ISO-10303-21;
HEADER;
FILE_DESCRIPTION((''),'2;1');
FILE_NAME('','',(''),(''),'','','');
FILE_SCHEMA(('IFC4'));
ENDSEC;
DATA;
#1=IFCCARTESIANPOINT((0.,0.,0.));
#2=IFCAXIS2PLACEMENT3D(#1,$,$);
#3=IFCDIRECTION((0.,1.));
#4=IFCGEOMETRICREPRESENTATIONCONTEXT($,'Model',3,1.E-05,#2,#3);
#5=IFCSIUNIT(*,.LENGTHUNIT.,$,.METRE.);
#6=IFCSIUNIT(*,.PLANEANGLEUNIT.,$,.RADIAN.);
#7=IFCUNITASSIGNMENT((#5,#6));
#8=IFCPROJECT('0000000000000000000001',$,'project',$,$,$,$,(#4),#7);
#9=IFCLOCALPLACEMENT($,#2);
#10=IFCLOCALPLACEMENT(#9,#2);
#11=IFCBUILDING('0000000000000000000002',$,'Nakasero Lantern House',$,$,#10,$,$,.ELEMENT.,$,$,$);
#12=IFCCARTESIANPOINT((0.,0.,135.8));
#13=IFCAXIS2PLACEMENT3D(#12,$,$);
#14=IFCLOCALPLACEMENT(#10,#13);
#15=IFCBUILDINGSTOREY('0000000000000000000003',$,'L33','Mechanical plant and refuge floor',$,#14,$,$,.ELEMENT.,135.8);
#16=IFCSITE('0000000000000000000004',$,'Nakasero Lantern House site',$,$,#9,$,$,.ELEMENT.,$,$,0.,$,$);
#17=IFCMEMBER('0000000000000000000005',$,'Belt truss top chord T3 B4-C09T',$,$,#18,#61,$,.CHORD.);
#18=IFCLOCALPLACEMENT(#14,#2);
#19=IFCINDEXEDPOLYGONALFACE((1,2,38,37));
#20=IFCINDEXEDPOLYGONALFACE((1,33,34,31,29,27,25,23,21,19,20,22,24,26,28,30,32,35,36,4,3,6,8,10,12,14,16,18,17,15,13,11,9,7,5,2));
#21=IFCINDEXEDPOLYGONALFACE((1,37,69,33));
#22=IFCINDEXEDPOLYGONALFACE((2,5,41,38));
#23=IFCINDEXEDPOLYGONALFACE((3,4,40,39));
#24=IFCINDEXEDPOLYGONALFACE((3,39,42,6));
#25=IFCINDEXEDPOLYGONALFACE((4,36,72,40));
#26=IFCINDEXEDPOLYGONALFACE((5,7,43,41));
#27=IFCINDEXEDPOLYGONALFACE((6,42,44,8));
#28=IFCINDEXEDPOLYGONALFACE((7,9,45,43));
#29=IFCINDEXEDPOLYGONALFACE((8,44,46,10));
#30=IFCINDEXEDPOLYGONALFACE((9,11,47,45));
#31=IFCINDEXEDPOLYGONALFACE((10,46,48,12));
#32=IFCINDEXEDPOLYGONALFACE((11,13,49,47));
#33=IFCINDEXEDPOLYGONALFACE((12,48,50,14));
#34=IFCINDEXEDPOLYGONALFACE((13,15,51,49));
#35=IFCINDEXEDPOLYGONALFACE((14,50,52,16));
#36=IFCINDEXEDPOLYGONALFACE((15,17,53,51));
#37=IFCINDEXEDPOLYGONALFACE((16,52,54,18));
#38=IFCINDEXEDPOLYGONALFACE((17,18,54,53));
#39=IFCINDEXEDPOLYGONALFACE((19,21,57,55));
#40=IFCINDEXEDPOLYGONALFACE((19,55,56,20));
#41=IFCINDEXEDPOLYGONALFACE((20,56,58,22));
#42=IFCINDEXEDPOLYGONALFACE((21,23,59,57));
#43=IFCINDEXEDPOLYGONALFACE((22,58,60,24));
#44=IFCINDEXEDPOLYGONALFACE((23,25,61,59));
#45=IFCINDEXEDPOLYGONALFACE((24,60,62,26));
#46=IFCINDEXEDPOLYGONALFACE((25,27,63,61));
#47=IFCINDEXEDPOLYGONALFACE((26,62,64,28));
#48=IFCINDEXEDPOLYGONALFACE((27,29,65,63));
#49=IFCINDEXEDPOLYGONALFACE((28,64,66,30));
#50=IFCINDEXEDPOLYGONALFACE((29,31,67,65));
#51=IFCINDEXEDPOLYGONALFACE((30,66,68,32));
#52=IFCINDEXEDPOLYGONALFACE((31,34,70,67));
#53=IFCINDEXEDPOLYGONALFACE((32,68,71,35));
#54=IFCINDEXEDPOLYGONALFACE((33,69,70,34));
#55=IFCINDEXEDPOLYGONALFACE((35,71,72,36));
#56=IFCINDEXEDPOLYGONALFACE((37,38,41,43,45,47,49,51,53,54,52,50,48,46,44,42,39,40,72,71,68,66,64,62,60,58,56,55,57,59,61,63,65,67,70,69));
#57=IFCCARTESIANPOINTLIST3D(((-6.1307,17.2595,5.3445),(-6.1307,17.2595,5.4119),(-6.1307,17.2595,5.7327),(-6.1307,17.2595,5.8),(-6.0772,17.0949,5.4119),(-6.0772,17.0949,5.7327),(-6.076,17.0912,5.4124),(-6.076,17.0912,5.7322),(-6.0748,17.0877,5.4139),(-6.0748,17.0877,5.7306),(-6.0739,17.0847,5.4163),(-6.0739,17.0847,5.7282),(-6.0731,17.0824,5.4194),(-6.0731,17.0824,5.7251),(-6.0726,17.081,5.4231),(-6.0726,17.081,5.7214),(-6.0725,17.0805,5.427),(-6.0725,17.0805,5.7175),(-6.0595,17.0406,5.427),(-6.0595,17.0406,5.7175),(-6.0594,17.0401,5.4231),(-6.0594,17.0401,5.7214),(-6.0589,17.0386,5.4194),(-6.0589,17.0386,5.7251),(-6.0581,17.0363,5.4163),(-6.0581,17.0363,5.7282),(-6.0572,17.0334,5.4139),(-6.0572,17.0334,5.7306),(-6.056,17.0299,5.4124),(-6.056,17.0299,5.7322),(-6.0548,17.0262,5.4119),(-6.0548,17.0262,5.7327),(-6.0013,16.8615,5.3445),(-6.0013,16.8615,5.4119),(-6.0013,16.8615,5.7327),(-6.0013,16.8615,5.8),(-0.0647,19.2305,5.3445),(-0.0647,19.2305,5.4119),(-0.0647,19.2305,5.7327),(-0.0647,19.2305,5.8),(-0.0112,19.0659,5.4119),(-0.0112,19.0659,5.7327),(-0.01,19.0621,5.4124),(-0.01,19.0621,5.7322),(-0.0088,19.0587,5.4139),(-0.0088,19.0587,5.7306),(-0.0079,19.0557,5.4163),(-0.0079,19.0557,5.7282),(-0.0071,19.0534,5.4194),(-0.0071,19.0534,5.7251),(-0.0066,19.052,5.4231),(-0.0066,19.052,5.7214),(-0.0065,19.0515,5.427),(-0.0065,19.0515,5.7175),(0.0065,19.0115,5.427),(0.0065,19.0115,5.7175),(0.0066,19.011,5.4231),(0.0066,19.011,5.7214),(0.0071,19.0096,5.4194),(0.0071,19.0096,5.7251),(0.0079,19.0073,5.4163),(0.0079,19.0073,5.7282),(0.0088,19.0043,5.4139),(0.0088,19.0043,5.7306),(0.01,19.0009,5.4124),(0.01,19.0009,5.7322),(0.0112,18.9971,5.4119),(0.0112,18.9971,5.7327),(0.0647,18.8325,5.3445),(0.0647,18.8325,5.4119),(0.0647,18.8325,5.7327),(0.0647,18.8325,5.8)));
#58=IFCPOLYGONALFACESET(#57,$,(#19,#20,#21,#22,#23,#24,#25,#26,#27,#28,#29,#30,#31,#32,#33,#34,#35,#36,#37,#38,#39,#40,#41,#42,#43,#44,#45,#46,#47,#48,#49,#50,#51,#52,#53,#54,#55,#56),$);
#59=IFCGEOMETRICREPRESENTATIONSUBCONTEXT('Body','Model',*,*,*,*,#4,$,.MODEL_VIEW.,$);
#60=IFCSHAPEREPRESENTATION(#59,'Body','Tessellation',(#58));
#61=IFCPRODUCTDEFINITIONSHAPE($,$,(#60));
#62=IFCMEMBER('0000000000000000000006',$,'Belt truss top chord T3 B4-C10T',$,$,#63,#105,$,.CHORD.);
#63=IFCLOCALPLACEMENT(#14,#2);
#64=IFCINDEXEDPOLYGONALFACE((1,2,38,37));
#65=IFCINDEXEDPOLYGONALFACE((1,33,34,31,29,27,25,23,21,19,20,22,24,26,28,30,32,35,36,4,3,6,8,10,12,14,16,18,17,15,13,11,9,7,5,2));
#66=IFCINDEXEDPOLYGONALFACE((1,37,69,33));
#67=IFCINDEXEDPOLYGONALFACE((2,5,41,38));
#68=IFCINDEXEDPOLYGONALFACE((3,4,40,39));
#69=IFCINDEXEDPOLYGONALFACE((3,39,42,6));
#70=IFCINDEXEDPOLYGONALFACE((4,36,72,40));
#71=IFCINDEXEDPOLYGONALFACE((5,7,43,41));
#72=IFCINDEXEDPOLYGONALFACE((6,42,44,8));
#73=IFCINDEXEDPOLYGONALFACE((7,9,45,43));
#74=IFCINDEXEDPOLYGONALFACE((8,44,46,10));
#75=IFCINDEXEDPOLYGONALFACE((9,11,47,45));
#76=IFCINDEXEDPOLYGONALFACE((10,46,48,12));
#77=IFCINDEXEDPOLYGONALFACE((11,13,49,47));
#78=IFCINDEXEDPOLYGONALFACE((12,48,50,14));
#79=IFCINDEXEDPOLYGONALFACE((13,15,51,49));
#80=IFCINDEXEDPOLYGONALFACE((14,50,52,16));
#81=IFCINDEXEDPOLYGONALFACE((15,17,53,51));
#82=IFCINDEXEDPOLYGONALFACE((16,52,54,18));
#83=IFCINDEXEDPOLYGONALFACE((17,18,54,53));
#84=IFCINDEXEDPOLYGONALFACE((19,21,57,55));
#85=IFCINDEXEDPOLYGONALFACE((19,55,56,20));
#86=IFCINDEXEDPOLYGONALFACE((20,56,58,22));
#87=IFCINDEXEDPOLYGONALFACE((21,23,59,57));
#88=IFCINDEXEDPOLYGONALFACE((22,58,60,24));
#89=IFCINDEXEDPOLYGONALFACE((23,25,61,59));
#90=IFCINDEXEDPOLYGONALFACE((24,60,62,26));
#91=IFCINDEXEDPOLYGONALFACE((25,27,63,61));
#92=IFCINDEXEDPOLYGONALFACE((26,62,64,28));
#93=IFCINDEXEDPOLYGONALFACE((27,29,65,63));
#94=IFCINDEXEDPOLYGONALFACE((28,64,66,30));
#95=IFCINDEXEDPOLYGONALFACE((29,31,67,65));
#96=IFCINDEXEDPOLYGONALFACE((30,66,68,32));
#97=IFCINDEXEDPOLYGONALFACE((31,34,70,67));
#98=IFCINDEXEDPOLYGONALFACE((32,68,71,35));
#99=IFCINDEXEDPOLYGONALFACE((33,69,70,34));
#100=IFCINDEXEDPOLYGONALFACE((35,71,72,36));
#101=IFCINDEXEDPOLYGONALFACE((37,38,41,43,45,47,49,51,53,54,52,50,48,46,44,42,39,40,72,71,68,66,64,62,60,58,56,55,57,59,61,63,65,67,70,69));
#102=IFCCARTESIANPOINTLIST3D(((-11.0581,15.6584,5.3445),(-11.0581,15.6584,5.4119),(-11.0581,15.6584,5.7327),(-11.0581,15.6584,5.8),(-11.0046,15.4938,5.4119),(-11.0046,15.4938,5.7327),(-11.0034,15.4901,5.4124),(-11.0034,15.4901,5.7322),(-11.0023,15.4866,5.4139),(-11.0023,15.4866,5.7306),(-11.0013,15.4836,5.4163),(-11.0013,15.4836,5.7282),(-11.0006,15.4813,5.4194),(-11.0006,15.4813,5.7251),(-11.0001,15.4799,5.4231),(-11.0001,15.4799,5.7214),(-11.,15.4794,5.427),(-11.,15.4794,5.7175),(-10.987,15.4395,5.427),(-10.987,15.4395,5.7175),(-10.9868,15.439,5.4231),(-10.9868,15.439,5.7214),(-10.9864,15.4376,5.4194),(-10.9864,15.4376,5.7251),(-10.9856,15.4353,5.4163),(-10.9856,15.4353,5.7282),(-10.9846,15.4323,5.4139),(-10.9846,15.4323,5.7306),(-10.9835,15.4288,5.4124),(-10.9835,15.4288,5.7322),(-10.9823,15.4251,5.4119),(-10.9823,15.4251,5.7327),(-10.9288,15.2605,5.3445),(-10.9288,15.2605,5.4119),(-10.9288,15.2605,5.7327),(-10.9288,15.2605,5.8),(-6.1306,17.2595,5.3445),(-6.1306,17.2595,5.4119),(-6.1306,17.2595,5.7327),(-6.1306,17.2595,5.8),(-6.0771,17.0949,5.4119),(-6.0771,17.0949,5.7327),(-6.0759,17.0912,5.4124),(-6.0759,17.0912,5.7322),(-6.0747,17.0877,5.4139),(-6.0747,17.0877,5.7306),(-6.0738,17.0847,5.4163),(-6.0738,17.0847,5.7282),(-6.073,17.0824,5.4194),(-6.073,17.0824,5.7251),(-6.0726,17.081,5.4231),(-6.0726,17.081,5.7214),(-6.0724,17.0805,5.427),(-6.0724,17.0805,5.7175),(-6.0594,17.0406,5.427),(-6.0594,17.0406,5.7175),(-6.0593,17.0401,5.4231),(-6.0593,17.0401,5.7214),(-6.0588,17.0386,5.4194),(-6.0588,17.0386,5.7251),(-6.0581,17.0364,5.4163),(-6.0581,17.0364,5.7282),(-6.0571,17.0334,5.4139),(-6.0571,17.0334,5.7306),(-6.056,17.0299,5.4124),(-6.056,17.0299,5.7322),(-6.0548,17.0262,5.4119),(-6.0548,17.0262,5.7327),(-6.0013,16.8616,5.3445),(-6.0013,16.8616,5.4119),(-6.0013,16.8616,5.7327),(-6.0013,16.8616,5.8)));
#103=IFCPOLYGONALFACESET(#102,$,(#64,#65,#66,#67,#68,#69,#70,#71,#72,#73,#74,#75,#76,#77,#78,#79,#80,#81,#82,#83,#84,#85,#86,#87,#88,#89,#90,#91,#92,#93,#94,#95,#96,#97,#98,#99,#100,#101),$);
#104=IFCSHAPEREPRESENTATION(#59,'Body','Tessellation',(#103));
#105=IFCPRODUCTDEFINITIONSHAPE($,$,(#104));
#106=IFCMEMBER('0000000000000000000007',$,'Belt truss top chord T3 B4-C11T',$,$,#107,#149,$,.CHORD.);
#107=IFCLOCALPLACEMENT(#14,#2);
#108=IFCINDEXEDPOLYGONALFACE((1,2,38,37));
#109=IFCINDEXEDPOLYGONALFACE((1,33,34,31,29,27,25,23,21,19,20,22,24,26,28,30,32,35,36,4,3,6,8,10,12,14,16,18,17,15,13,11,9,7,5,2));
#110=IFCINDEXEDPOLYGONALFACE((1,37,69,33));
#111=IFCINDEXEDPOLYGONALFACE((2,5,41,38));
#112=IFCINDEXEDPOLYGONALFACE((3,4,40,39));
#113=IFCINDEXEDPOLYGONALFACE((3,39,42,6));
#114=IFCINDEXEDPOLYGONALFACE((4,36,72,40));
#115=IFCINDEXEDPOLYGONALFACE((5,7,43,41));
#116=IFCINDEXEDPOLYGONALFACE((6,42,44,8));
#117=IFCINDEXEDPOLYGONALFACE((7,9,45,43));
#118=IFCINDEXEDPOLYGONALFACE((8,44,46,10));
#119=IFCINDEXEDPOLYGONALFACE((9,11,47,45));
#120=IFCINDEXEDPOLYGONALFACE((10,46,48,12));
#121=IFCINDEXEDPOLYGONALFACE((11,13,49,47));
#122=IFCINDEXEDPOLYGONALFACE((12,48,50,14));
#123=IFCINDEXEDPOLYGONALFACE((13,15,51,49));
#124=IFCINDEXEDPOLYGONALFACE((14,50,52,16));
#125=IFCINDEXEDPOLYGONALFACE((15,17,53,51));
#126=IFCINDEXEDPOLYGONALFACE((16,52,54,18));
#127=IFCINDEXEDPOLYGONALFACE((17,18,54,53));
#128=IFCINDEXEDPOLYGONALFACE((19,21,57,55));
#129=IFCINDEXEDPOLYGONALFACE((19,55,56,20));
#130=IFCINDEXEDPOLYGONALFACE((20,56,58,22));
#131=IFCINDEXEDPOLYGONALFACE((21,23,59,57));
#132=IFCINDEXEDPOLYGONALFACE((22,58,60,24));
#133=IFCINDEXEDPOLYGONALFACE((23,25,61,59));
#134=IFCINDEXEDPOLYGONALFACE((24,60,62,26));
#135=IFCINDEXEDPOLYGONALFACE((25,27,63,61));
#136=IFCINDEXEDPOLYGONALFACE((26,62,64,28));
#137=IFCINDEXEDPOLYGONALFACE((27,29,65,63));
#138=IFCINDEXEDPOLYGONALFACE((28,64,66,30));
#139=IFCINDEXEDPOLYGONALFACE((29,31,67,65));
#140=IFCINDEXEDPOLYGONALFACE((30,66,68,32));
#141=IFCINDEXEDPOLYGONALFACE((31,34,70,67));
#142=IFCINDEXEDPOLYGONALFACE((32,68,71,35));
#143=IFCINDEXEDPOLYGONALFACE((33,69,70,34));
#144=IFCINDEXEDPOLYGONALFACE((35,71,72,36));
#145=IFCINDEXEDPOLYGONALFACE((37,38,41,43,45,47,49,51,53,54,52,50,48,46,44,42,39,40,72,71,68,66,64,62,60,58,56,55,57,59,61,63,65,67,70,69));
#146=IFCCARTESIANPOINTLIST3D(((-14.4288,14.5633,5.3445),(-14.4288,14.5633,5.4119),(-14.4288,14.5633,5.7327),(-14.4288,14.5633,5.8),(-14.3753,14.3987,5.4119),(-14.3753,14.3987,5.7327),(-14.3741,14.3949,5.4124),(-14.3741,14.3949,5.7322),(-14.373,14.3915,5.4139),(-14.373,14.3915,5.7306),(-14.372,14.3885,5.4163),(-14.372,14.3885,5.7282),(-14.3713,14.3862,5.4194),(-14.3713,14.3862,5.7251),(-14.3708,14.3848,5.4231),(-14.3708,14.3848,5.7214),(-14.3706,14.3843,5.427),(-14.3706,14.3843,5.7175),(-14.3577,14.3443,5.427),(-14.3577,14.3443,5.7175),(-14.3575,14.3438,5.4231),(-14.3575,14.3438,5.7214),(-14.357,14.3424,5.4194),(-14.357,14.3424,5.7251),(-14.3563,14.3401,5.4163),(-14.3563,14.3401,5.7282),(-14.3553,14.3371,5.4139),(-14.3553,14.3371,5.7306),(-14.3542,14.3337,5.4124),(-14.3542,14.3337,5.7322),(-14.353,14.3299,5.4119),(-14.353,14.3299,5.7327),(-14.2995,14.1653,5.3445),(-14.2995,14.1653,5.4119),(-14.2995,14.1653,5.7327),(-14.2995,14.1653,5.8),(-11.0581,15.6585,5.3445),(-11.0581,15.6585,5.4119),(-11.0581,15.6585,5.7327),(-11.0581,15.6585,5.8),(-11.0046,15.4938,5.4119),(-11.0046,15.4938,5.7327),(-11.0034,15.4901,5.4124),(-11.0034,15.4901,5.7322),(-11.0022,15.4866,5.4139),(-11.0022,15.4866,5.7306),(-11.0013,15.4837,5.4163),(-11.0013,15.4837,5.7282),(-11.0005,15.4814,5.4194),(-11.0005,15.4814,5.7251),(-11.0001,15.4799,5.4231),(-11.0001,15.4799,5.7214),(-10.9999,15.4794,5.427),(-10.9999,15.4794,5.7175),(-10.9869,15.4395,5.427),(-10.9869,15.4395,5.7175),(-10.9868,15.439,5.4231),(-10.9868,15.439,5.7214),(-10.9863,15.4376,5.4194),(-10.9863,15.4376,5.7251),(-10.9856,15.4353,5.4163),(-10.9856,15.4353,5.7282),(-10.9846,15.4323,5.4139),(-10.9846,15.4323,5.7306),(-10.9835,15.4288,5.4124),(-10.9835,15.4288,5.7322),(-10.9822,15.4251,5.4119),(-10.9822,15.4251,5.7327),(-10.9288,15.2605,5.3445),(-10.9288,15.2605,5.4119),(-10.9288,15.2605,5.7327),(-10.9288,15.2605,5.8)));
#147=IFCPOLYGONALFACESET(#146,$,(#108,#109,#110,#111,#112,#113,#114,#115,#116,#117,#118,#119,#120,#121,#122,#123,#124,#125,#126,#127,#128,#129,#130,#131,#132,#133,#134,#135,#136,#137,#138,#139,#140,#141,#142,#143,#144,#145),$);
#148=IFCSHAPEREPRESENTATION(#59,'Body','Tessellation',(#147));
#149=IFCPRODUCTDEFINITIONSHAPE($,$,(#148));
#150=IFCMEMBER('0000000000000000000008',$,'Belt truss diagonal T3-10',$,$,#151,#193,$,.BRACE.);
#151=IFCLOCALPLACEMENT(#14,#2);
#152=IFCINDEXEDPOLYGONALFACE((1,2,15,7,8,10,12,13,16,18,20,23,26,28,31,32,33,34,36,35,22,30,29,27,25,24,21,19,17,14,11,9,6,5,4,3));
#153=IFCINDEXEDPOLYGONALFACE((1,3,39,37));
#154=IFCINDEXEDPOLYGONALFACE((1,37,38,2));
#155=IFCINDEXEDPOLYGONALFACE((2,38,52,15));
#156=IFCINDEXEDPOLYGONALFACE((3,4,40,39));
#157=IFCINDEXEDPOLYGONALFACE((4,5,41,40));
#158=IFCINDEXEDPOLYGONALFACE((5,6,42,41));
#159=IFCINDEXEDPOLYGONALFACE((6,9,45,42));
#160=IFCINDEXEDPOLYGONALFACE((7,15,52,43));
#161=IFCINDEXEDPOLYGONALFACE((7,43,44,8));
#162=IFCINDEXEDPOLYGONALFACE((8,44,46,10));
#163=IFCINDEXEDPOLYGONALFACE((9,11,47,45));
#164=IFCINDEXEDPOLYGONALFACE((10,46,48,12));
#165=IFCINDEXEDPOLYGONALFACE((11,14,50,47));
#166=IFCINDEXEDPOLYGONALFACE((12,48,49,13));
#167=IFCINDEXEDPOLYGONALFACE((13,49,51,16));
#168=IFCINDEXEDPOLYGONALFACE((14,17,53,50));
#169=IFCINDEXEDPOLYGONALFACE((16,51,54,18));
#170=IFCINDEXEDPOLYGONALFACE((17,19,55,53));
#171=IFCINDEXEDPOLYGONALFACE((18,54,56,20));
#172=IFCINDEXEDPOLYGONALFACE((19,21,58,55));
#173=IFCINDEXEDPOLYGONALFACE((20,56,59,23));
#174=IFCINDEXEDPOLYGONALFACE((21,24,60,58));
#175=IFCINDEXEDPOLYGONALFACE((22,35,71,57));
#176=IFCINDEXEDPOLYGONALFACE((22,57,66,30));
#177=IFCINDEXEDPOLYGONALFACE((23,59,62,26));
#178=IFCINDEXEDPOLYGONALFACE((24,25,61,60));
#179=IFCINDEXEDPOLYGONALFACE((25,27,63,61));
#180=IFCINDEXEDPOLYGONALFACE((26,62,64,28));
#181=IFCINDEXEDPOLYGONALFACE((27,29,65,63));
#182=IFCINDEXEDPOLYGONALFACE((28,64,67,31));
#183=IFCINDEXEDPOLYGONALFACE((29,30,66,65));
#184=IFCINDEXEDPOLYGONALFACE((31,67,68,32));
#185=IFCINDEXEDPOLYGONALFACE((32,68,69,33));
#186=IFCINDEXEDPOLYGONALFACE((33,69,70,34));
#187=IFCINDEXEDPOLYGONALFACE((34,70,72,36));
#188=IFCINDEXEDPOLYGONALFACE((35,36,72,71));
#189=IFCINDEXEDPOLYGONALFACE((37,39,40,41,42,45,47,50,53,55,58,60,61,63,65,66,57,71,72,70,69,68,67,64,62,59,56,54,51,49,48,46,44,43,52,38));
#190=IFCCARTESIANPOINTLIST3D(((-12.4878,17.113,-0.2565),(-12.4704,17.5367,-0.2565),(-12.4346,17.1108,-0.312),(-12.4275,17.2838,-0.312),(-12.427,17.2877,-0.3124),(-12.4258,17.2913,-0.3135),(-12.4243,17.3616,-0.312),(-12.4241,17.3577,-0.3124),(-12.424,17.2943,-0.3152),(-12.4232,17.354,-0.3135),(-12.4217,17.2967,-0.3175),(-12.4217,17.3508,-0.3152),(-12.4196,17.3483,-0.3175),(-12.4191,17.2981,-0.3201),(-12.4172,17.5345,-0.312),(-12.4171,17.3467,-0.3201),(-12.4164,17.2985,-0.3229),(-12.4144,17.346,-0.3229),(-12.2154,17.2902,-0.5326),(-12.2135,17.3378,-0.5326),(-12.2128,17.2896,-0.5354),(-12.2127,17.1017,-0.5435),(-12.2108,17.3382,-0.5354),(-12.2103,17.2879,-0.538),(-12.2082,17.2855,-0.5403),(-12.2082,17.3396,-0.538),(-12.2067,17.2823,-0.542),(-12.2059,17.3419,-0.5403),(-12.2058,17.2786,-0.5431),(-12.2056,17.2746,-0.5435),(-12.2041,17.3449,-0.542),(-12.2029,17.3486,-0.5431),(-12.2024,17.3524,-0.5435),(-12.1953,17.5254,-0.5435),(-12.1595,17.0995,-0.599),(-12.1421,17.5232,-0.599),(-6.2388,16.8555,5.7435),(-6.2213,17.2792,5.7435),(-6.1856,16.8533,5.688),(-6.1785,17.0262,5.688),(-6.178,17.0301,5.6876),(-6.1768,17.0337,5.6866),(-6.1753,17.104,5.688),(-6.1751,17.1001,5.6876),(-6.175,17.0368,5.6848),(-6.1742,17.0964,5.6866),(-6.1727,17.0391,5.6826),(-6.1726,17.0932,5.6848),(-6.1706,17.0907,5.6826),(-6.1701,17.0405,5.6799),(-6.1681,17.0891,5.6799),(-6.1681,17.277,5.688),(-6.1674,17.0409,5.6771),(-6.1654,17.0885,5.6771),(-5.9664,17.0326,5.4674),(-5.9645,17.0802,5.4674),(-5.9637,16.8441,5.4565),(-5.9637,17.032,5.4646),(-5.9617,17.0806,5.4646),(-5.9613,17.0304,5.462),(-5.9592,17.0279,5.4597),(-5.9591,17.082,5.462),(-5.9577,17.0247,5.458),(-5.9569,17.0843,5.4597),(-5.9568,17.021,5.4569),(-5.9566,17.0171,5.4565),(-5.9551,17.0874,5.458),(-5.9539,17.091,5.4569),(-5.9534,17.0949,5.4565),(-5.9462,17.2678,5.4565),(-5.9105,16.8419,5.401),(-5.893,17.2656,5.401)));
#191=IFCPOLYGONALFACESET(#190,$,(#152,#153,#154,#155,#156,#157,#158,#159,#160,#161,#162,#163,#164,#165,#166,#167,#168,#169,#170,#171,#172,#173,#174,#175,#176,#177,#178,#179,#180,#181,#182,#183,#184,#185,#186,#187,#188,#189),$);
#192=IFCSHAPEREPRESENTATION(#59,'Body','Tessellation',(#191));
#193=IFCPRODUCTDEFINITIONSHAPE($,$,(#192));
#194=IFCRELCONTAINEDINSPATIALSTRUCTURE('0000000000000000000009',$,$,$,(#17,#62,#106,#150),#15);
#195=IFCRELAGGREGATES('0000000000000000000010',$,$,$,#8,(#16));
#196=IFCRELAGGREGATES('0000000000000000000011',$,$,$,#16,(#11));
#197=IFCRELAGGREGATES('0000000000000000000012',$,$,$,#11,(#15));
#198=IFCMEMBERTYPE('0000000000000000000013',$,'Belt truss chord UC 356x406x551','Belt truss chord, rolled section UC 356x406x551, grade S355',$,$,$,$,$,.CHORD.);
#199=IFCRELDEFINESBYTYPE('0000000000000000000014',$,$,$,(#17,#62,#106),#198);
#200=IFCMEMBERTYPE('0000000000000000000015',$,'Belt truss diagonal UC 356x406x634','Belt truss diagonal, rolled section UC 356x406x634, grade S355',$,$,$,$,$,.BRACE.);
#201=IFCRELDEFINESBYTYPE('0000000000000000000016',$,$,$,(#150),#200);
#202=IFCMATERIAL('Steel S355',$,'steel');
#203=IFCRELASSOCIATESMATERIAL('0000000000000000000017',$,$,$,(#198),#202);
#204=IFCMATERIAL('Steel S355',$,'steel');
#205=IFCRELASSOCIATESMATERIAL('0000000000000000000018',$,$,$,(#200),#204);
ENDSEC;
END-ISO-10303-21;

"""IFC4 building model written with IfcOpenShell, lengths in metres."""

from ifc_helpers import new_model, si_unit, direction, frame, origin, origin_2d, place, context, subcontext, project, spatial, i_section, extrude, material, material_profile, profile_set, type_object, element, save


model = new_model("IFC4")

# Units and contexts
model_context = context("Model", 3, precision=1e-05, world=origin(), true_north=direction((0.0, 1.0)))
body_context = subcontext(model_context, "Body", "Model", "MODEL_VIEW")
ifc_project = project(units=[si_unit("LENGTHUNIT", "METRE"), si_unit("PLANEANGLEUNIT", "RADIAN")], contexts=[model_context])

# Site, building, storey
site_placement = place(None, origin())
site = spatial("IfcSite", under=ifc_project, at=site_placement, Name="Nakasero Lantern House site", CompositionType="ELEMENT", RefElevation=0.0)
building_placement = place(site_placement, origin())
building = spatial("IfcBuilding", under=site, at=building_placement, Name="Nakasero Lantern House", CompositionType="ELEMENT")
storey_placement = place(building_placement, frame((0.0, 0.0, 135.8)))
storey = spatial("IfcBuildingStorey", under=building, at=storey_placement, Name="L33", Description="Mechanical plant and refuge floor", CompositionType="ELEMENT", Elevation=135.8)

# Members
ifc_material_1 = material(Name="Steel S355", Category="steel")
ifc_material_profile_1 = material_profile(ifc_material_1, i_section(OverallWidth=0.4185, OverallDepth=0.4556, WebThickness=0.042, FlangeThickness=0.0674, FilletRadius=0.0151, at=origin_2d()), Name="UC 356x406x551")
ifc_profile_set_1 = profile_set([ifc_material_profile_1], Name="Steel S355")
member_type_1 = type_object("IfcMemberType", Name="Belt truss chord UC 356x406x551", Description="Belt truss chord, rolled section UC 356x406x551, grade S355", PredefinedType="CHORD", material=ifc_profile_set_1)
member_1_placement = place(storey_placement, frame((0.0, 19.0315, 5.5723), z_axis=(-0.951056, -0.309019, 0.0), x_axis=(0.309019, -0.951056, 0.0)))
element("IfcMember", 1, at=member_1_placement, inside=storey, type_object=member_type_1, Name="Belt truss top chord T3 B4-C09T", PredefinedType="CHORD", context=body_context, shape_type="SweptSolid", body=[
    extrude(i_section(OverallWidth=0.4185, OverallDepth=0.4556, WebThickness=0.042, FlangeThickness=0.0674, FilletRadius=0.0151, at=origin_2d()), origin(), (0.0, 0.0, 1.0), 6.3782),
])
member_2_placement = place(storey_placement, frame((-6.0659, 17.0605, 5.5723), z_axis=(-0.951054, -0.309023, 0.0), x_axis=(0.309023, -0.951054, 0.0)))
element("IfcMember", 2, at=member_2_placement, inside=storey, type_object=member_type_1, Name="Belt truss top chord T3 B4-C10T", PredefinedType="CHORD", context=body_context, shape_type="SweptSolid", body=[
    extrude(i_section(OverallWidth=0.4185, OverallDepth=0.4556, WebThickness=0.042, FlangeThickness=0.0674, FilletRadius=0.0151, at=origin_2d()), origin(), (0.0, 0.0, 1.0), 5.1812),
])
member_3_placement = place(storey_placement, frame((-10.9934, 15.4595, 5.5723), z_axis=(-0.95106, -0.309007, 0.0), x_axis=(0.309007, -0.95106, 0.0)))
element("IfcMember", 3, at=member_3_placement, inside=storey, type_object=member_type_1, Name="Belt truss top chord T3 B4-C11T", PredefinedType="CHORD", context=body_context, shape_type="SweptSolid", body=[
    extrude(i_section(OverallWidth=0.4185, OverallDepth=0.4556, WebThickness=0.042, FlangeThickness=0.0674, FilletRadius=0.0151, at=origin_2d()), origin(), (0.0, 0.0, 1.0), 3.5442),
])
ifc_material_2 = material(Name="Steel S355", Category="steel")
ifc_material_profile_2 = material_profile(ifc_material_2, i_section(OverallWidth=0.4241, OverallDepth=0.4746, WebThickness=0.0476, FlangeThickness=0.0769, FilletRadius=0.0151, at=origin_2d()), Name="UC 356x406x634")
ifc_profile_set_2 = profile_set([ifc_material_profile_2], Name="Steel S355")
member_type_2 = type_object("IfcMemberType", Name="Belt truss diagonal UC 356x406x634", Description="Belt truss diagonal, rolled section UC 356x406x634, grade S355", PredefinedType="BRACE", material=ifc_profile_set_2)
member_4_placement = place(storey_placement, frame((-6.0659, 17.0605, 5.5723), z_axis=(-0.721015, 0.029718, -0.692282), x_axis=(-0.041182, -0.999152, 0.0)))
element("IfcMember", 4, at=member_4_placement, inside=storey, type_object=member_type_2, Name="Belt truss diagonal T3-10", PredefinedType="BRACE", context=body_context, shape_type="SweptSolid", body=[
    extrude(i_section(OverallWidth=0.4241, OverallDepth=0.4746, WebThickness=0.0476, FlangeThickness=0.0769, FilletRadius=0.0151, at=origin_2d()), origin(), (0.0, 0.0, 1.0), 8.667),
])

save(model, "model.ifc")
